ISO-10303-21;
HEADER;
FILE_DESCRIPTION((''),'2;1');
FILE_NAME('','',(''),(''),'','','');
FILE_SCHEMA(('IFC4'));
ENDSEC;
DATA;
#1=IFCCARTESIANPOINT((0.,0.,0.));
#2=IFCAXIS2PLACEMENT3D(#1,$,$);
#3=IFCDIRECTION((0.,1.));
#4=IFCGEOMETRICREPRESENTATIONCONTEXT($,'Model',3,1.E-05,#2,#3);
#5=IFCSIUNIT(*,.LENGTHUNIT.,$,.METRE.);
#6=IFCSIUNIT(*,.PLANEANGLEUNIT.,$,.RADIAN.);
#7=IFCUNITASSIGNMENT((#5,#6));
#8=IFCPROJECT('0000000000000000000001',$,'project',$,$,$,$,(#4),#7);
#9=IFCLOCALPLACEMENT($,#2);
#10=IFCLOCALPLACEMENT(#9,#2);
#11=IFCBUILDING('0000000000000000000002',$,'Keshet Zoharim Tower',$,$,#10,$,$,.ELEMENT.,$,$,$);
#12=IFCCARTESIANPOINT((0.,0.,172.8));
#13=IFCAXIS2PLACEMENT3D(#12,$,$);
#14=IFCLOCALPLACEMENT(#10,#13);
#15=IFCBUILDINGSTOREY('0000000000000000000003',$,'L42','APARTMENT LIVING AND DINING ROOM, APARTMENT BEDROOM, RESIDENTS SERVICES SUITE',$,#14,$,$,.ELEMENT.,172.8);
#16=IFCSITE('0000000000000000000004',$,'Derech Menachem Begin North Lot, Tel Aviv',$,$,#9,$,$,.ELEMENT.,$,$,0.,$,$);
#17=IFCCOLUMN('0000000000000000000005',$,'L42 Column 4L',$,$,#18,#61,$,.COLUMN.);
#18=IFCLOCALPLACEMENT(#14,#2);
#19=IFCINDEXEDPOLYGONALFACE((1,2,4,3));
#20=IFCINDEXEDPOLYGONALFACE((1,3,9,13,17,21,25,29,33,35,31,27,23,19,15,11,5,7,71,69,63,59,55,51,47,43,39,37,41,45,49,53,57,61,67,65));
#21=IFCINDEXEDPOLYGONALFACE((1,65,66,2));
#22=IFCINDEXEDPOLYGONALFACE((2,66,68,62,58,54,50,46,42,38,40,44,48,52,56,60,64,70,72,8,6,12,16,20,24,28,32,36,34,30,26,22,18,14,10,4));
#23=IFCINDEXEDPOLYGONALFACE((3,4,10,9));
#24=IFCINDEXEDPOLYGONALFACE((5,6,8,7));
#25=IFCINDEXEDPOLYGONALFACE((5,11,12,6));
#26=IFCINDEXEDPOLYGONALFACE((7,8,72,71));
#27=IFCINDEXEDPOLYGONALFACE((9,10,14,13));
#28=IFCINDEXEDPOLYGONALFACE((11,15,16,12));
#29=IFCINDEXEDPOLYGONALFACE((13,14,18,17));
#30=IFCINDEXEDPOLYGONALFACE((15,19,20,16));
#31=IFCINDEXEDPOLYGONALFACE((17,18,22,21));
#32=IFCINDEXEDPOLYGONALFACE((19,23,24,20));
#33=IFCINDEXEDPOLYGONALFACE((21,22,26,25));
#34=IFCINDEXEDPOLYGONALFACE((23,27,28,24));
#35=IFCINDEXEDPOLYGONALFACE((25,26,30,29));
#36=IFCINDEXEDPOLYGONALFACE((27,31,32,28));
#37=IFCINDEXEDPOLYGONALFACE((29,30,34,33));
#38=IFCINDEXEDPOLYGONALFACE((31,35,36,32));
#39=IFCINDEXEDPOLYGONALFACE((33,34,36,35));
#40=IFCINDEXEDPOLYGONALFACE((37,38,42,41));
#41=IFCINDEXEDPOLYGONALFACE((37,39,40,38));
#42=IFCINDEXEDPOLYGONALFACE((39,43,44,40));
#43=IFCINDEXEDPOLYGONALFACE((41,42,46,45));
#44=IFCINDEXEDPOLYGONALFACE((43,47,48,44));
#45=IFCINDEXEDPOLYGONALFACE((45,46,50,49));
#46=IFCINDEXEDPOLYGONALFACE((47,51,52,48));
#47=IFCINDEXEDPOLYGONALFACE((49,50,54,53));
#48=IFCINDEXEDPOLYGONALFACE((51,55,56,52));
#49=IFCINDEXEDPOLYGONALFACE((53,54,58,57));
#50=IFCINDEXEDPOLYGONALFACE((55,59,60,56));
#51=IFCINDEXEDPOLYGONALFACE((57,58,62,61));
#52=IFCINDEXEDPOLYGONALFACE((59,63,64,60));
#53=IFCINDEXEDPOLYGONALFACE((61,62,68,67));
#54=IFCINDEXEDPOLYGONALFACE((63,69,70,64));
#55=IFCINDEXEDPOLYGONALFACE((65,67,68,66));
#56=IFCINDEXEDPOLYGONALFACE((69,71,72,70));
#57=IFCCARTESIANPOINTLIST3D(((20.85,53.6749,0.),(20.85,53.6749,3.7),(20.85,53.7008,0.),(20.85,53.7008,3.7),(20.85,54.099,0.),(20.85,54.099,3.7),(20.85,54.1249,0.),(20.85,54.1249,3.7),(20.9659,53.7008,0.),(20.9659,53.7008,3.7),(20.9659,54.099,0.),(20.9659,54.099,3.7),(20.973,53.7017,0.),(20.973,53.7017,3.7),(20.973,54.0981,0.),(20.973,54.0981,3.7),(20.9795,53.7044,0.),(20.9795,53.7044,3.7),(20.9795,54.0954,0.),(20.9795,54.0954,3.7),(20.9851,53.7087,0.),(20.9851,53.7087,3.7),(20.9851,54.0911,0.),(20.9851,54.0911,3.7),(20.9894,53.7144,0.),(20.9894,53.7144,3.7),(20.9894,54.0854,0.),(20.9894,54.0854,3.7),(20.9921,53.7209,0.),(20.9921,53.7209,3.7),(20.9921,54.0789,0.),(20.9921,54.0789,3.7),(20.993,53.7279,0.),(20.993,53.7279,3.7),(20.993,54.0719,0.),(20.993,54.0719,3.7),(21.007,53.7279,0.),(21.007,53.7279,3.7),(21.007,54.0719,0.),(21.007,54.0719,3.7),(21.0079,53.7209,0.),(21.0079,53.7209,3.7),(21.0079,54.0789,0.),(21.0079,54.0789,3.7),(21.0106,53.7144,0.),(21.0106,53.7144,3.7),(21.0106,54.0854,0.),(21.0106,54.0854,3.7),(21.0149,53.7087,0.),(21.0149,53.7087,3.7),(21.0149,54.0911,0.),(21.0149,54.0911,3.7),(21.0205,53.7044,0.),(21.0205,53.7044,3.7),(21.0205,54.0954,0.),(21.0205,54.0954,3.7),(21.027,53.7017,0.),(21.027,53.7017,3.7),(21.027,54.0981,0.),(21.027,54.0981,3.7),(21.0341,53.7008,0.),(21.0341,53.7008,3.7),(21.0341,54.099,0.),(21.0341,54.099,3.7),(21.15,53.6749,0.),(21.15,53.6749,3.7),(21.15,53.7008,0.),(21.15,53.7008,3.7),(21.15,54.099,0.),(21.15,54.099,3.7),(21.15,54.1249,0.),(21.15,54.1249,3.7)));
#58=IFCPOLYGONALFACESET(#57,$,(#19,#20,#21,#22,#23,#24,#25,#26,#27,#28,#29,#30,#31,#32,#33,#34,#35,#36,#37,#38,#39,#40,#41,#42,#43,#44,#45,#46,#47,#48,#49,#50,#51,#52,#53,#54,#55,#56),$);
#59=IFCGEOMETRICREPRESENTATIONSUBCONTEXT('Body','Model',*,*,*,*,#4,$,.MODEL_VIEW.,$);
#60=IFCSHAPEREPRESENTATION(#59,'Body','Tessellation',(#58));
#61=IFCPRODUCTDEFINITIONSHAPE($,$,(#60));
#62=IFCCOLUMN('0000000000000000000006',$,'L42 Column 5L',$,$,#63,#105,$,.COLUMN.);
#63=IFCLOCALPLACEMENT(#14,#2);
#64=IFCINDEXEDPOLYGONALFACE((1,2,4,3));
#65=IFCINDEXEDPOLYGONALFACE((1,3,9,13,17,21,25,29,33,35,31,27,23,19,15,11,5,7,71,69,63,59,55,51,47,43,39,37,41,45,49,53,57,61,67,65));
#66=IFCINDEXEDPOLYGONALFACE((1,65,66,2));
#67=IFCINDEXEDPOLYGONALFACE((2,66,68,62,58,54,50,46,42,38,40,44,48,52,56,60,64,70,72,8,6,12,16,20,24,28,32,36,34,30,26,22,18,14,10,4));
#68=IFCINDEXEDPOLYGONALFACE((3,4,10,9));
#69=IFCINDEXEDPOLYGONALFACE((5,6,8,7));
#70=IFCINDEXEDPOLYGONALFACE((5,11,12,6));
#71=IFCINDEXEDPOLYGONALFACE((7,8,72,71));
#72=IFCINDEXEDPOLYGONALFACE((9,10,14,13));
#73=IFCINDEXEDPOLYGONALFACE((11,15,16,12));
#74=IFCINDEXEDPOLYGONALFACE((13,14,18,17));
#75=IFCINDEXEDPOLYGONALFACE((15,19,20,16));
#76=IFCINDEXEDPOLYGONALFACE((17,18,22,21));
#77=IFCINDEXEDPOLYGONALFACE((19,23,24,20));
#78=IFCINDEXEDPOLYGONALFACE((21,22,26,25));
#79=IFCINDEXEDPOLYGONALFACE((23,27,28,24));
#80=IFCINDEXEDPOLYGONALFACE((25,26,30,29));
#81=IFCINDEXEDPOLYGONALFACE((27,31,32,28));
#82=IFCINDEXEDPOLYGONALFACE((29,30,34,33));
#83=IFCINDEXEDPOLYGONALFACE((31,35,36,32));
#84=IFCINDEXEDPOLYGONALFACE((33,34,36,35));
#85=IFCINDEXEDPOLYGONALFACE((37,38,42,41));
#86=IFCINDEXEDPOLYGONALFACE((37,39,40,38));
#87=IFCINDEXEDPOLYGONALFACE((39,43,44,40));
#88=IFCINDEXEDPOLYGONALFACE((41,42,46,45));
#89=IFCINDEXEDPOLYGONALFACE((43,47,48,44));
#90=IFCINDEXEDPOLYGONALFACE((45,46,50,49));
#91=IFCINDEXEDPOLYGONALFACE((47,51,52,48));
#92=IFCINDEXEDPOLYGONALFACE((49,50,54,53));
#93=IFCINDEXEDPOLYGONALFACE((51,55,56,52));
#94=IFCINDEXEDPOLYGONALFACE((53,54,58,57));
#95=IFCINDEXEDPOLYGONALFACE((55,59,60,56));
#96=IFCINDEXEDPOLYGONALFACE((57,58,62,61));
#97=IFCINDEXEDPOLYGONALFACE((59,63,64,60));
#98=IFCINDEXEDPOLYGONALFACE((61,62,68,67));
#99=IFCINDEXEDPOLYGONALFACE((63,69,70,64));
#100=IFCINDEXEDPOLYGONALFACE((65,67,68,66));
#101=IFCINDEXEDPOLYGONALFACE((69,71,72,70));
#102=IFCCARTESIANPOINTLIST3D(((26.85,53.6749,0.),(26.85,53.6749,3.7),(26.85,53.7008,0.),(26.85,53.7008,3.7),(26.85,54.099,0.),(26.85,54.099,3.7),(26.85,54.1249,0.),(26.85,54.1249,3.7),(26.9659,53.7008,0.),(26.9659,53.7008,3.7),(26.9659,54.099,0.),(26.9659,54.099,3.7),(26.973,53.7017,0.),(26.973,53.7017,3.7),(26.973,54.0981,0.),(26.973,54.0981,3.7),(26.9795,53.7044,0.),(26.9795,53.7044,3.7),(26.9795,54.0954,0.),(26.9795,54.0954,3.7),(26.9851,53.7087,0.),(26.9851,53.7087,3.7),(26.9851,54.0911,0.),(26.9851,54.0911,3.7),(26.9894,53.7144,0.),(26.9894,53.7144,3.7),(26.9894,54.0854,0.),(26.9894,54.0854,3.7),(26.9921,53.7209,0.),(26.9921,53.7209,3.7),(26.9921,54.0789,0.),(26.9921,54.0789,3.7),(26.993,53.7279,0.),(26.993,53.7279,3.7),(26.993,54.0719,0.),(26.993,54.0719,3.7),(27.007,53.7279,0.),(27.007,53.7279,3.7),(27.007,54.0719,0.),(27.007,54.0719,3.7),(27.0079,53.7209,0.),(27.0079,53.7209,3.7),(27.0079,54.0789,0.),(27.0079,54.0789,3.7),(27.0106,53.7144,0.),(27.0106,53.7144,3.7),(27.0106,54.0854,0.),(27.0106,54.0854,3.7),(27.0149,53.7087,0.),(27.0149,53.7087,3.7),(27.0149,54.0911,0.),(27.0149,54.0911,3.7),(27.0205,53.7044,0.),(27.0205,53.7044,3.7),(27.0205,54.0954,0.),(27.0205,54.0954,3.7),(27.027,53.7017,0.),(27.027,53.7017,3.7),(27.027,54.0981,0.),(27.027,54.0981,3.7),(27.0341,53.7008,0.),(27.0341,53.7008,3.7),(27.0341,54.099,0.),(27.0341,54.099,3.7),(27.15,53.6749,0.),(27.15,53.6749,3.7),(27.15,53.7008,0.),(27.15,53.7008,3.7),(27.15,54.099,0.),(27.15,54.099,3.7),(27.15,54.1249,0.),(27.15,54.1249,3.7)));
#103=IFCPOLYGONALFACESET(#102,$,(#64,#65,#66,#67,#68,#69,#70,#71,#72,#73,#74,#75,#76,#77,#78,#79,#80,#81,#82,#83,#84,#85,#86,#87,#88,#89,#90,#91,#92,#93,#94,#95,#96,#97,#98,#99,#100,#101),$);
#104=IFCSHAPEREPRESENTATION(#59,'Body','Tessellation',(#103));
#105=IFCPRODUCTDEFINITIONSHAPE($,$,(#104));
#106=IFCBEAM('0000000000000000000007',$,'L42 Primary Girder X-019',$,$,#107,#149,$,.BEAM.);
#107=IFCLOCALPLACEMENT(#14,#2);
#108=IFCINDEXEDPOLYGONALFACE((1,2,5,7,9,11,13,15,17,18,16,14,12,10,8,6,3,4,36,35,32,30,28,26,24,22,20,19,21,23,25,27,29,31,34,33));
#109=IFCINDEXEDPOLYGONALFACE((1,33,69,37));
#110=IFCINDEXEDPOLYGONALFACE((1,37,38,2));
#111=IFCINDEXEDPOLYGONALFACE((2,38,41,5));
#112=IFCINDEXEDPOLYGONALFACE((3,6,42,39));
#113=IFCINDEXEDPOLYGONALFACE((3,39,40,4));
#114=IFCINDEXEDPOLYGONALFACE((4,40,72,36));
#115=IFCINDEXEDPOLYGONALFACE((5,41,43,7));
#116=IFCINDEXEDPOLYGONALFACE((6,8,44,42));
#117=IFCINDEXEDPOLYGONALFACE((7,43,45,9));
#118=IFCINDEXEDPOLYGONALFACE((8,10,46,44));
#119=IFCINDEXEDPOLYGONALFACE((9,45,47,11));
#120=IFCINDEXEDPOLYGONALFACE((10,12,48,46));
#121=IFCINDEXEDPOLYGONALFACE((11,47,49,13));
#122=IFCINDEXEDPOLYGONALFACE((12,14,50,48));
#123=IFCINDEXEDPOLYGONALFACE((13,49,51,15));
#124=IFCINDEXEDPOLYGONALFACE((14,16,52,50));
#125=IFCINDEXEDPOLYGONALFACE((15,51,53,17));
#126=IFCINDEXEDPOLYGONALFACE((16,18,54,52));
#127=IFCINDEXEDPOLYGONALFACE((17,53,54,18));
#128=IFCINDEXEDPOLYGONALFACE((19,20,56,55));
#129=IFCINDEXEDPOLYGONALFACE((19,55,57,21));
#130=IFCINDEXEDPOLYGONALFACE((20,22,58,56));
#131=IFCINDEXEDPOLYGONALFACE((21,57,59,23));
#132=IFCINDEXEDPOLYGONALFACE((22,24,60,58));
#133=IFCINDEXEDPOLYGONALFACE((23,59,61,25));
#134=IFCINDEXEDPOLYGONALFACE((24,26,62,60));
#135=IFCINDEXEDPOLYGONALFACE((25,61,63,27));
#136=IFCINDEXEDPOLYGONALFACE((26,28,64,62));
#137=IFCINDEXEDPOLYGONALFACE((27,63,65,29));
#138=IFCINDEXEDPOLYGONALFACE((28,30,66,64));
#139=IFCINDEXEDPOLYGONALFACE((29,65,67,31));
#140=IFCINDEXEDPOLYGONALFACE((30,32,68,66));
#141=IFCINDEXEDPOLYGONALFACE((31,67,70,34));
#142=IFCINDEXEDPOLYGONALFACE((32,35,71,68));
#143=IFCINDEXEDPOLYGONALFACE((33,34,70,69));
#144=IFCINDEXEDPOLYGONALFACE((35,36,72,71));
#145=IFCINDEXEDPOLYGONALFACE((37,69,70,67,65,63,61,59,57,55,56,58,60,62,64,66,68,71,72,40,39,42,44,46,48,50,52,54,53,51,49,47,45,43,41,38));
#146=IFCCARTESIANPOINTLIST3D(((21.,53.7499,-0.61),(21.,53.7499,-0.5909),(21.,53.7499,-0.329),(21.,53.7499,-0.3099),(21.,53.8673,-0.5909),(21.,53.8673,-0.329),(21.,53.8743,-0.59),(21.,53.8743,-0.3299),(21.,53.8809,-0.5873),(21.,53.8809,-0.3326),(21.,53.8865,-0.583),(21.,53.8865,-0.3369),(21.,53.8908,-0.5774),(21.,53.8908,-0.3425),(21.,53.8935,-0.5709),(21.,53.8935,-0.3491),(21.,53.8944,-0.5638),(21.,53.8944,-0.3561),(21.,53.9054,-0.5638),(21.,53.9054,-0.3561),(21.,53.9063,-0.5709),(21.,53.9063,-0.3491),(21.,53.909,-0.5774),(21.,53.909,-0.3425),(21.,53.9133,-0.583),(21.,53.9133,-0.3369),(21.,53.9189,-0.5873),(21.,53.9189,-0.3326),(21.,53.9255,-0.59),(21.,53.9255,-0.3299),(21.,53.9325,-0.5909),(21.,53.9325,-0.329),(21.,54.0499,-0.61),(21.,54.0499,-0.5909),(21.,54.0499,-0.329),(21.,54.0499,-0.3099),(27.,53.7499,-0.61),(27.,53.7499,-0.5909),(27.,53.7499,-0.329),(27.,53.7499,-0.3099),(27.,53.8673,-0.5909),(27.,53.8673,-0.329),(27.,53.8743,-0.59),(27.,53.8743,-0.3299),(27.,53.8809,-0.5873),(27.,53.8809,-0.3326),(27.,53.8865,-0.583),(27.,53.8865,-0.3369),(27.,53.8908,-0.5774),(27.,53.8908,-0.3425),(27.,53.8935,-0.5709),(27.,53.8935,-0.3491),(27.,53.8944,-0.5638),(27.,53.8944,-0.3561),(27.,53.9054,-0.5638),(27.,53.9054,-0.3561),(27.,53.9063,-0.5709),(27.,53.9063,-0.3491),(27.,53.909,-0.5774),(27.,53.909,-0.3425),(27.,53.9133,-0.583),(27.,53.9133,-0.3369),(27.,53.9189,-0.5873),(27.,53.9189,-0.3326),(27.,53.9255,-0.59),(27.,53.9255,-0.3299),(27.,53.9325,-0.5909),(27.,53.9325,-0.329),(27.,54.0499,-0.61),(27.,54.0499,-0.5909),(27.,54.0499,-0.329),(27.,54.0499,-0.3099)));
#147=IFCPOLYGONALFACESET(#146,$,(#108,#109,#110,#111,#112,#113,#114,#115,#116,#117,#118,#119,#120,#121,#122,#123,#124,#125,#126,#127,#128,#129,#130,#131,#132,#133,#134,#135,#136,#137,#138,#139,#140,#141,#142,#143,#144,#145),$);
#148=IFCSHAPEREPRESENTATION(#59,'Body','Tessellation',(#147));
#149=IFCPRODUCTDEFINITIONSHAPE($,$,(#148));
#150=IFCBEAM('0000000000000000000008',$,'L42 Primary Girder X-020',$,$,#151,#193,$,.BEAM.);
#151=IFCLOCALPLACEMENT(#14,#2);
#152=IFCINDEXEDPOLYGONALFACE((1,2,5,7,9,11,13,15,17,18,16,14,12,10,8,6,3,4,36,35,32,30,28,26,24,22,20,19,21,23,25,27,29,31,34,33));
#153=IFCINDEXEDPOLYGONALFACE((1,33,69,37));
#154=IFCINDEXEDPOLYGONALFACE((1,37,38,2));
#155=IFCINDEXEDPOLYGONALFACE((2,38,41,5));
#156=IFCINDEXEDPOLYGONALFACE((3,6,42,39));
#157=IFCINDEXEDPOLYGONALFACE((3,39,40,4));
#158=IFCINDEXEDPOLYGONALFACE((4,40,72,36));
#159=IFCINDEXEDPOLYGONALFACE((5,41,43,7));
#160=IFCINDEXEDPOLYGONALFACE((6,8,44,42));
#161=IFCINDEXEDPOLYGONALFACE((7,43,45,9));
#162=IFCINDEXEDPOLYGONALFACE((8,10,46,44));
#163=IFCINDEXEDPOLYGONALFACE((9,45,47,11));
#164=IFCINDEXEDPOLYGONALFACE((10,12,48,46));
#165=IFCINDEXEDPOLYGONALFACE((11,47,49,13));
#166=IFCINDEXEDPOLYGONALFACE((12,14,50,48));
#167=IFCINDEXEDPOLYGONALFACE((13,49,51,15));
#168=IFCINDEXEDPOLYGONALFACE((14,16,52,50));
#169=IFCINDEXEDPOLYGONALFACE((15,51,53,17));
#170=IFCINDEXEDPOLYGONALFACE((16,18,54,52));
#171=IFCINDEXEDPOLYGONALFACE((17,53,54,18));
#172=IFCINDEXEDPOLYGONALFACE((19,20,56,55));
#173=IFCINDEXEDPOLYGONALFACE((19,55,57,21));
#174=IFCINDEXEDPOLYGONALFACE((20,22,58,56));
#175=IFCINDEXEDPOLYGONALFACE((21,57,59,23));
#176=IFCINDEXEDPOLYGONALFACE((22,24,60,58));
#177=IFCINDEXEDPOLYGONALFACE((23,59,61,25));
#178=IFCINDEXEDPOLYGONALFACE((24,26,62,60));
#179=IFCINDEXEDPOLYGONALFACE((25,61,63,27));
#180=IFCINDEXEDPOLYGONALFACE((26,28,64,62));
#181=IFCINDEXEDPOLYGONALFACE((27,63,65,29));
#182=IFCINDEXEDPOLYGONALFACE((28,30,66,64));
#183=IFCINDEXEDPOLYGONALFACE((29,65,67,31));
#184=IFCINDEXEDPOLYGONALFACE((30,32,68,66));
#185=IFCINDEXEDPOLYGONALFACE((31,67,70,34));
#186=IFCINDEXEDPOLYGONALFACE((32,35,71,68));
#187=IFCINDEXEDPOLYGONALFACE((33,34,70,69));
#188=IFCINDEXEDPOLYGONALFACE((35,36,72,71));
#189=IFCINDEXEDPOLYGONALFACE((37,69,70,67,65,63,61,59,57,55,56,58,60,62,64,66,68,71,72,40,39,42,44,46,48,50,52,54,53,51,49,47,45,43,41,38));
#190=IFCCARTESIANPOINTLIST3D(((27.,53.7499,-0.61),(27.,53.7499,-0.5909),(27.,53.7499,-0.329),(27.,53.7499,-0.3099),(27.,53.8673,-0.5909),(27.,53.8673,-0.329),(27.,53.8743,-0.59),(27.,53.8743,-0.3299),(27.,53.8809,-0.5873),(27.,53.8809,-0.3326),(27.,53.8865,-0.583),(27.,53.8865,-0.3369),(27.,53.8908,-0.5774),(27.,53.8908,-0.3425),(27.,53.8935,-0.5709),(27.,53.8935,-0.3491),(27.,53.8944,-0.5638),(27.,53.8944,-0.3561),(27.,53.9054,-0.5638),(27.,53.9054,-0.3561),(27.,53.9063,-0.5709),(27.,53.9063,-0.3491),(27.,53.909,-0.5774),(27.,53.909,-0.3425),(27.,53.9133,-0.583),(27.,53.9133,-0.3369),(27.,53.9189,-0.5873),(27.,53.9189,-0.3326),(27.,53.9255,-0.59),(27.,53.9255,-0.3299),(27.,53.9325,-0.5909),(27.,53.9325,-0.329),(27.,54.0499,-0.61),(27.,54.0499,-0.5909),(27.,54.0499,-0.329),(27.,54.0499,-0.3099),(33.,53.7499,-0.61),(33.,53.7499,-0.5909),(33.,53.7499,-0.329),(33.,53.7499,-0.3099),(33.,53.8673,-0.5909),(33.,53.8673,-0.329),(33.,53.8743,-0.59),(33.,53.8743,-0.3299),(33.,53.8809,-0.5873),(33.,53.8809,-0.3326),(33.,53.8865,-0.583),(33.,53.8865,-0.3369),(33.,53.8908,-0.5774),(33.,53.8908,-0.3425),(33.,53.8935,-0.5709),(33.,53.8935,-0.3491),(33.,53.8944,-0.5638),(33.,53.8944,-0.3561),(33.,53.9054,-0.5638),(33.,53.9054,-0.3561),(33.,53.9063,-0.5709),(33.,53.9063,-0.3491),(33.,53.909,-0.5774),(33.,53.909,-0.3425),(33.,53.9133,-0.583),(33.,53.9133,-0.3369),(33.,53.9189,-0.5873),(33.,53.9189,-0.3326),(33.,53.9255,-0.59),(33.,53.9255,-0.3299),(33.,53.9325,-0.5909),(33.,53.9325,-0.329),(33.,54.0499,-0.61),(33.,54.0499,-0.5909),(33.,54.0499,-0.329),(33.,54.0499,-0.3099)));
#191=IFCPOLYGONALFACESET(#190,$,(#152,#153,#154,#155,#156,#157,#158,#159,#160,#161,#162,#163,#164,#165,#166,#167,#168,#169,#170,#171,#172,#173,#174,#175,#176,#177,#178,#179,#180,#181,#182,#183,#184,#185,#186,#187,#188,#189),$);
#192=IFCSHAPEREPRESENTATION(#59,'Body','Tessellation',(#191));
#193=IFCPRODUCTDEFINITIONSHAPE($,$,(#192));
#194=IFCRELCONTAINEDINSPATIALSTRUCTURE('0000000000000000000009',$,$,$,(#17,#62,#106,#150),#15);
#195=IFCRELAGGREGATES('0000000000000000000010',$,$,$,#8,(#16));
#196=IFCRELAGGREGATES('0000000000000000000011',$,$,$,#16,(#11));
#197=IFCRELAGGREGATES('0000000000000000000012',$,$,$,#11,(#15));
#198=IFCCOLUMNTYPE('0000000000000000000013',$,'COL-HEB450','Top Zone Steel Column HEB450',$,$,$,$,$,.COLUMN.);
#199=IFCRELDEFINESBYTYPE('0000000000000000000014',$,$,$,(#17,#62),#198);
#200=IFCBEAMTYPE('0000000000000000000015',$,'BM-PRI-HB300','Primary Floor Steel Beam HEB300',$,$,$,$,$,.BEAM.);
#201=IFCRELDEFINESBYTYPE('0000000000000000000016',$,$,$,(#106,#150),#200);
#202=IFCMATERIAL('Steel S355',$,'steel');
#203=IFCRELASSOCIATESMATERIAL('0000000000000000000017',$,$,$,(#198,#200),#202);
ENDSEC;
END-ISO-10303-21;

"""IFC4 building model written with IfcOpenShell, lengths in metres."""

from ifc_helpers import new_model, si_unit, direction, frame, origin, origin_2d, place, context, subcontext, project, spatial, i_section, extrude, material, material_profile, profile_set, type_object, element, save


model = new_model("IFC4")

# Units and contexts
model_context = context("Model", 3, precision=1e-05, world=origin(), true_north=direction((0.0, 1.0)))
body_context = subcontext(model_context, "Body", "Model", "MODEL_VIEW")
ifc_project = project(units=[si_unit("LENGTHUNIT", "METRE"), si_unit("PLANEANGLEUNIT", "RADIAN")], contexts=[model_context])

# Site, building, storey
site_placement = place(None, origin())
site = spatial("IfcSite", under=ifc_project, at=site_placement, Name="Derech Menachem Begin North Lot, Tel Aviv", CompositionType="ELEMENT", RefElevation=0.0)
building_placement = place(site_placement, origin())
building = spatial("IfcBuilding", under=site, at=building_placement, Name="Keshet Zoharim Tower", CompositionType="ELEMENT")
storey_placement = place(building_placement, frame((0.0, 0.0, 172.8)))
storey = spatial("IfcBuildingStorey", under=building, at=storey_placement, Name="L42", Description="APARTMENT LIVING AND DINING ROOM, APARTMENT BEDROOM, RESIDENTS SERVICES SUITE", CompositionType="ELEMENT", Elevation=172.8)

# Columns
ifc_material_1 = material(Name="Steel S355", Category="steel")
ifc_material_profile_1 = material_profile(ifc_material_1, i_section(OverallWidth=0.3, OverallDepth=0.45, WebThickness=0.0139, FlangeThickness=0.0259, FilletRadius=0.0271, at=origin_2d()), Name="HEB450")
ifc_profile_set_1 = profile_set([ifc_material_profile_1], Name="Steel S355")
column_type = type_object("IfcColumnType", Name="COL-HEB450", Description="Top Zone Steel Column HEB450", PredefinedType="COLUMN", material=ifc_profile_set_1)
for number, where, z_axis, x_axis, name in (
    (1, (21.0, 53.8999, 0.0), (0.0, 0.0, 1.0), (1.0, 0.0, 0.0), "L42 Column 4L"),
    (2, (27.0, 53.8999, 0.0), (0.0, 0.0, 1.0), (1.0, 0.0, 0.0), "L42 Column 5L"),
):
    element("IfcColumn", number, at=place(storey_placement, frame(where, z_axis=z_axis, x_axis=x_axis)), inside=storey, type_object=column_type, Name=name, PredefinedType="COLUMN", context=body_context, shape_type="SweptSolid", body=[
        extrude(i_section(OverallWidth=0.3, OverallDepth=0.45, WebThickness=0.0139, FlangeThickness=0.0259, FilletRadius=0.0271, at=origin_2d()), origin(), (0.0, 0.0, 1.0), 3.7),
    ])

# Beams
ifc_material_profile_2 = material_profile(ifc_material_1, i_section(OverallWidth=0.3, OverallDepth=0.3, WebThickness=0.011, FlangeThickness=0.019, FilletRadius=0.0271, at=origin_2d()), Name="HEB300")
ifc_profile_set_2 = profile_set([ifc_material_profile_2], Name="Steel S355")
beam_type = type_object("IfcBeamType", Name="BM-PRI-HB300", Description="Primary Floor Steel Beam HEB300", PredefinedType="BEAM", material=ifc_profile_set_2)
for number, where, z_axis, x_axis, name in (
    (3, (21.0, 53.8999, -0.46), (1.0, 0.0, 0.0), (0.0, 1.0, 0.0), "L42 Primary Girder X-019"),
    (4, (27.0, 53.8999, -0.46), (1.0, 0.0, 0.0), (0.0, 1.0, 0.0), "L42 Primary Girder X-020"),
):
    element("IfcBeam", number, at=place(storey_placement, frame(where, z_axis=z_axis, x_axis=x_axis)), inside=storey, type_object=beam_type, Name=name, PredefinedType="BEAM", context=body_context, shape_type="SweptSolid", body=[
        extrude(i_section(OverallWidth=0.3, OverallDepth=0.3, WebThickness=0.011, FlangeThickness=0.019, FilletRadius=0.0271, at=origin_2d()), origin(), (0.0, 0.0, 1.0), 6.0),
    ])

save(model, "model.ifc")
